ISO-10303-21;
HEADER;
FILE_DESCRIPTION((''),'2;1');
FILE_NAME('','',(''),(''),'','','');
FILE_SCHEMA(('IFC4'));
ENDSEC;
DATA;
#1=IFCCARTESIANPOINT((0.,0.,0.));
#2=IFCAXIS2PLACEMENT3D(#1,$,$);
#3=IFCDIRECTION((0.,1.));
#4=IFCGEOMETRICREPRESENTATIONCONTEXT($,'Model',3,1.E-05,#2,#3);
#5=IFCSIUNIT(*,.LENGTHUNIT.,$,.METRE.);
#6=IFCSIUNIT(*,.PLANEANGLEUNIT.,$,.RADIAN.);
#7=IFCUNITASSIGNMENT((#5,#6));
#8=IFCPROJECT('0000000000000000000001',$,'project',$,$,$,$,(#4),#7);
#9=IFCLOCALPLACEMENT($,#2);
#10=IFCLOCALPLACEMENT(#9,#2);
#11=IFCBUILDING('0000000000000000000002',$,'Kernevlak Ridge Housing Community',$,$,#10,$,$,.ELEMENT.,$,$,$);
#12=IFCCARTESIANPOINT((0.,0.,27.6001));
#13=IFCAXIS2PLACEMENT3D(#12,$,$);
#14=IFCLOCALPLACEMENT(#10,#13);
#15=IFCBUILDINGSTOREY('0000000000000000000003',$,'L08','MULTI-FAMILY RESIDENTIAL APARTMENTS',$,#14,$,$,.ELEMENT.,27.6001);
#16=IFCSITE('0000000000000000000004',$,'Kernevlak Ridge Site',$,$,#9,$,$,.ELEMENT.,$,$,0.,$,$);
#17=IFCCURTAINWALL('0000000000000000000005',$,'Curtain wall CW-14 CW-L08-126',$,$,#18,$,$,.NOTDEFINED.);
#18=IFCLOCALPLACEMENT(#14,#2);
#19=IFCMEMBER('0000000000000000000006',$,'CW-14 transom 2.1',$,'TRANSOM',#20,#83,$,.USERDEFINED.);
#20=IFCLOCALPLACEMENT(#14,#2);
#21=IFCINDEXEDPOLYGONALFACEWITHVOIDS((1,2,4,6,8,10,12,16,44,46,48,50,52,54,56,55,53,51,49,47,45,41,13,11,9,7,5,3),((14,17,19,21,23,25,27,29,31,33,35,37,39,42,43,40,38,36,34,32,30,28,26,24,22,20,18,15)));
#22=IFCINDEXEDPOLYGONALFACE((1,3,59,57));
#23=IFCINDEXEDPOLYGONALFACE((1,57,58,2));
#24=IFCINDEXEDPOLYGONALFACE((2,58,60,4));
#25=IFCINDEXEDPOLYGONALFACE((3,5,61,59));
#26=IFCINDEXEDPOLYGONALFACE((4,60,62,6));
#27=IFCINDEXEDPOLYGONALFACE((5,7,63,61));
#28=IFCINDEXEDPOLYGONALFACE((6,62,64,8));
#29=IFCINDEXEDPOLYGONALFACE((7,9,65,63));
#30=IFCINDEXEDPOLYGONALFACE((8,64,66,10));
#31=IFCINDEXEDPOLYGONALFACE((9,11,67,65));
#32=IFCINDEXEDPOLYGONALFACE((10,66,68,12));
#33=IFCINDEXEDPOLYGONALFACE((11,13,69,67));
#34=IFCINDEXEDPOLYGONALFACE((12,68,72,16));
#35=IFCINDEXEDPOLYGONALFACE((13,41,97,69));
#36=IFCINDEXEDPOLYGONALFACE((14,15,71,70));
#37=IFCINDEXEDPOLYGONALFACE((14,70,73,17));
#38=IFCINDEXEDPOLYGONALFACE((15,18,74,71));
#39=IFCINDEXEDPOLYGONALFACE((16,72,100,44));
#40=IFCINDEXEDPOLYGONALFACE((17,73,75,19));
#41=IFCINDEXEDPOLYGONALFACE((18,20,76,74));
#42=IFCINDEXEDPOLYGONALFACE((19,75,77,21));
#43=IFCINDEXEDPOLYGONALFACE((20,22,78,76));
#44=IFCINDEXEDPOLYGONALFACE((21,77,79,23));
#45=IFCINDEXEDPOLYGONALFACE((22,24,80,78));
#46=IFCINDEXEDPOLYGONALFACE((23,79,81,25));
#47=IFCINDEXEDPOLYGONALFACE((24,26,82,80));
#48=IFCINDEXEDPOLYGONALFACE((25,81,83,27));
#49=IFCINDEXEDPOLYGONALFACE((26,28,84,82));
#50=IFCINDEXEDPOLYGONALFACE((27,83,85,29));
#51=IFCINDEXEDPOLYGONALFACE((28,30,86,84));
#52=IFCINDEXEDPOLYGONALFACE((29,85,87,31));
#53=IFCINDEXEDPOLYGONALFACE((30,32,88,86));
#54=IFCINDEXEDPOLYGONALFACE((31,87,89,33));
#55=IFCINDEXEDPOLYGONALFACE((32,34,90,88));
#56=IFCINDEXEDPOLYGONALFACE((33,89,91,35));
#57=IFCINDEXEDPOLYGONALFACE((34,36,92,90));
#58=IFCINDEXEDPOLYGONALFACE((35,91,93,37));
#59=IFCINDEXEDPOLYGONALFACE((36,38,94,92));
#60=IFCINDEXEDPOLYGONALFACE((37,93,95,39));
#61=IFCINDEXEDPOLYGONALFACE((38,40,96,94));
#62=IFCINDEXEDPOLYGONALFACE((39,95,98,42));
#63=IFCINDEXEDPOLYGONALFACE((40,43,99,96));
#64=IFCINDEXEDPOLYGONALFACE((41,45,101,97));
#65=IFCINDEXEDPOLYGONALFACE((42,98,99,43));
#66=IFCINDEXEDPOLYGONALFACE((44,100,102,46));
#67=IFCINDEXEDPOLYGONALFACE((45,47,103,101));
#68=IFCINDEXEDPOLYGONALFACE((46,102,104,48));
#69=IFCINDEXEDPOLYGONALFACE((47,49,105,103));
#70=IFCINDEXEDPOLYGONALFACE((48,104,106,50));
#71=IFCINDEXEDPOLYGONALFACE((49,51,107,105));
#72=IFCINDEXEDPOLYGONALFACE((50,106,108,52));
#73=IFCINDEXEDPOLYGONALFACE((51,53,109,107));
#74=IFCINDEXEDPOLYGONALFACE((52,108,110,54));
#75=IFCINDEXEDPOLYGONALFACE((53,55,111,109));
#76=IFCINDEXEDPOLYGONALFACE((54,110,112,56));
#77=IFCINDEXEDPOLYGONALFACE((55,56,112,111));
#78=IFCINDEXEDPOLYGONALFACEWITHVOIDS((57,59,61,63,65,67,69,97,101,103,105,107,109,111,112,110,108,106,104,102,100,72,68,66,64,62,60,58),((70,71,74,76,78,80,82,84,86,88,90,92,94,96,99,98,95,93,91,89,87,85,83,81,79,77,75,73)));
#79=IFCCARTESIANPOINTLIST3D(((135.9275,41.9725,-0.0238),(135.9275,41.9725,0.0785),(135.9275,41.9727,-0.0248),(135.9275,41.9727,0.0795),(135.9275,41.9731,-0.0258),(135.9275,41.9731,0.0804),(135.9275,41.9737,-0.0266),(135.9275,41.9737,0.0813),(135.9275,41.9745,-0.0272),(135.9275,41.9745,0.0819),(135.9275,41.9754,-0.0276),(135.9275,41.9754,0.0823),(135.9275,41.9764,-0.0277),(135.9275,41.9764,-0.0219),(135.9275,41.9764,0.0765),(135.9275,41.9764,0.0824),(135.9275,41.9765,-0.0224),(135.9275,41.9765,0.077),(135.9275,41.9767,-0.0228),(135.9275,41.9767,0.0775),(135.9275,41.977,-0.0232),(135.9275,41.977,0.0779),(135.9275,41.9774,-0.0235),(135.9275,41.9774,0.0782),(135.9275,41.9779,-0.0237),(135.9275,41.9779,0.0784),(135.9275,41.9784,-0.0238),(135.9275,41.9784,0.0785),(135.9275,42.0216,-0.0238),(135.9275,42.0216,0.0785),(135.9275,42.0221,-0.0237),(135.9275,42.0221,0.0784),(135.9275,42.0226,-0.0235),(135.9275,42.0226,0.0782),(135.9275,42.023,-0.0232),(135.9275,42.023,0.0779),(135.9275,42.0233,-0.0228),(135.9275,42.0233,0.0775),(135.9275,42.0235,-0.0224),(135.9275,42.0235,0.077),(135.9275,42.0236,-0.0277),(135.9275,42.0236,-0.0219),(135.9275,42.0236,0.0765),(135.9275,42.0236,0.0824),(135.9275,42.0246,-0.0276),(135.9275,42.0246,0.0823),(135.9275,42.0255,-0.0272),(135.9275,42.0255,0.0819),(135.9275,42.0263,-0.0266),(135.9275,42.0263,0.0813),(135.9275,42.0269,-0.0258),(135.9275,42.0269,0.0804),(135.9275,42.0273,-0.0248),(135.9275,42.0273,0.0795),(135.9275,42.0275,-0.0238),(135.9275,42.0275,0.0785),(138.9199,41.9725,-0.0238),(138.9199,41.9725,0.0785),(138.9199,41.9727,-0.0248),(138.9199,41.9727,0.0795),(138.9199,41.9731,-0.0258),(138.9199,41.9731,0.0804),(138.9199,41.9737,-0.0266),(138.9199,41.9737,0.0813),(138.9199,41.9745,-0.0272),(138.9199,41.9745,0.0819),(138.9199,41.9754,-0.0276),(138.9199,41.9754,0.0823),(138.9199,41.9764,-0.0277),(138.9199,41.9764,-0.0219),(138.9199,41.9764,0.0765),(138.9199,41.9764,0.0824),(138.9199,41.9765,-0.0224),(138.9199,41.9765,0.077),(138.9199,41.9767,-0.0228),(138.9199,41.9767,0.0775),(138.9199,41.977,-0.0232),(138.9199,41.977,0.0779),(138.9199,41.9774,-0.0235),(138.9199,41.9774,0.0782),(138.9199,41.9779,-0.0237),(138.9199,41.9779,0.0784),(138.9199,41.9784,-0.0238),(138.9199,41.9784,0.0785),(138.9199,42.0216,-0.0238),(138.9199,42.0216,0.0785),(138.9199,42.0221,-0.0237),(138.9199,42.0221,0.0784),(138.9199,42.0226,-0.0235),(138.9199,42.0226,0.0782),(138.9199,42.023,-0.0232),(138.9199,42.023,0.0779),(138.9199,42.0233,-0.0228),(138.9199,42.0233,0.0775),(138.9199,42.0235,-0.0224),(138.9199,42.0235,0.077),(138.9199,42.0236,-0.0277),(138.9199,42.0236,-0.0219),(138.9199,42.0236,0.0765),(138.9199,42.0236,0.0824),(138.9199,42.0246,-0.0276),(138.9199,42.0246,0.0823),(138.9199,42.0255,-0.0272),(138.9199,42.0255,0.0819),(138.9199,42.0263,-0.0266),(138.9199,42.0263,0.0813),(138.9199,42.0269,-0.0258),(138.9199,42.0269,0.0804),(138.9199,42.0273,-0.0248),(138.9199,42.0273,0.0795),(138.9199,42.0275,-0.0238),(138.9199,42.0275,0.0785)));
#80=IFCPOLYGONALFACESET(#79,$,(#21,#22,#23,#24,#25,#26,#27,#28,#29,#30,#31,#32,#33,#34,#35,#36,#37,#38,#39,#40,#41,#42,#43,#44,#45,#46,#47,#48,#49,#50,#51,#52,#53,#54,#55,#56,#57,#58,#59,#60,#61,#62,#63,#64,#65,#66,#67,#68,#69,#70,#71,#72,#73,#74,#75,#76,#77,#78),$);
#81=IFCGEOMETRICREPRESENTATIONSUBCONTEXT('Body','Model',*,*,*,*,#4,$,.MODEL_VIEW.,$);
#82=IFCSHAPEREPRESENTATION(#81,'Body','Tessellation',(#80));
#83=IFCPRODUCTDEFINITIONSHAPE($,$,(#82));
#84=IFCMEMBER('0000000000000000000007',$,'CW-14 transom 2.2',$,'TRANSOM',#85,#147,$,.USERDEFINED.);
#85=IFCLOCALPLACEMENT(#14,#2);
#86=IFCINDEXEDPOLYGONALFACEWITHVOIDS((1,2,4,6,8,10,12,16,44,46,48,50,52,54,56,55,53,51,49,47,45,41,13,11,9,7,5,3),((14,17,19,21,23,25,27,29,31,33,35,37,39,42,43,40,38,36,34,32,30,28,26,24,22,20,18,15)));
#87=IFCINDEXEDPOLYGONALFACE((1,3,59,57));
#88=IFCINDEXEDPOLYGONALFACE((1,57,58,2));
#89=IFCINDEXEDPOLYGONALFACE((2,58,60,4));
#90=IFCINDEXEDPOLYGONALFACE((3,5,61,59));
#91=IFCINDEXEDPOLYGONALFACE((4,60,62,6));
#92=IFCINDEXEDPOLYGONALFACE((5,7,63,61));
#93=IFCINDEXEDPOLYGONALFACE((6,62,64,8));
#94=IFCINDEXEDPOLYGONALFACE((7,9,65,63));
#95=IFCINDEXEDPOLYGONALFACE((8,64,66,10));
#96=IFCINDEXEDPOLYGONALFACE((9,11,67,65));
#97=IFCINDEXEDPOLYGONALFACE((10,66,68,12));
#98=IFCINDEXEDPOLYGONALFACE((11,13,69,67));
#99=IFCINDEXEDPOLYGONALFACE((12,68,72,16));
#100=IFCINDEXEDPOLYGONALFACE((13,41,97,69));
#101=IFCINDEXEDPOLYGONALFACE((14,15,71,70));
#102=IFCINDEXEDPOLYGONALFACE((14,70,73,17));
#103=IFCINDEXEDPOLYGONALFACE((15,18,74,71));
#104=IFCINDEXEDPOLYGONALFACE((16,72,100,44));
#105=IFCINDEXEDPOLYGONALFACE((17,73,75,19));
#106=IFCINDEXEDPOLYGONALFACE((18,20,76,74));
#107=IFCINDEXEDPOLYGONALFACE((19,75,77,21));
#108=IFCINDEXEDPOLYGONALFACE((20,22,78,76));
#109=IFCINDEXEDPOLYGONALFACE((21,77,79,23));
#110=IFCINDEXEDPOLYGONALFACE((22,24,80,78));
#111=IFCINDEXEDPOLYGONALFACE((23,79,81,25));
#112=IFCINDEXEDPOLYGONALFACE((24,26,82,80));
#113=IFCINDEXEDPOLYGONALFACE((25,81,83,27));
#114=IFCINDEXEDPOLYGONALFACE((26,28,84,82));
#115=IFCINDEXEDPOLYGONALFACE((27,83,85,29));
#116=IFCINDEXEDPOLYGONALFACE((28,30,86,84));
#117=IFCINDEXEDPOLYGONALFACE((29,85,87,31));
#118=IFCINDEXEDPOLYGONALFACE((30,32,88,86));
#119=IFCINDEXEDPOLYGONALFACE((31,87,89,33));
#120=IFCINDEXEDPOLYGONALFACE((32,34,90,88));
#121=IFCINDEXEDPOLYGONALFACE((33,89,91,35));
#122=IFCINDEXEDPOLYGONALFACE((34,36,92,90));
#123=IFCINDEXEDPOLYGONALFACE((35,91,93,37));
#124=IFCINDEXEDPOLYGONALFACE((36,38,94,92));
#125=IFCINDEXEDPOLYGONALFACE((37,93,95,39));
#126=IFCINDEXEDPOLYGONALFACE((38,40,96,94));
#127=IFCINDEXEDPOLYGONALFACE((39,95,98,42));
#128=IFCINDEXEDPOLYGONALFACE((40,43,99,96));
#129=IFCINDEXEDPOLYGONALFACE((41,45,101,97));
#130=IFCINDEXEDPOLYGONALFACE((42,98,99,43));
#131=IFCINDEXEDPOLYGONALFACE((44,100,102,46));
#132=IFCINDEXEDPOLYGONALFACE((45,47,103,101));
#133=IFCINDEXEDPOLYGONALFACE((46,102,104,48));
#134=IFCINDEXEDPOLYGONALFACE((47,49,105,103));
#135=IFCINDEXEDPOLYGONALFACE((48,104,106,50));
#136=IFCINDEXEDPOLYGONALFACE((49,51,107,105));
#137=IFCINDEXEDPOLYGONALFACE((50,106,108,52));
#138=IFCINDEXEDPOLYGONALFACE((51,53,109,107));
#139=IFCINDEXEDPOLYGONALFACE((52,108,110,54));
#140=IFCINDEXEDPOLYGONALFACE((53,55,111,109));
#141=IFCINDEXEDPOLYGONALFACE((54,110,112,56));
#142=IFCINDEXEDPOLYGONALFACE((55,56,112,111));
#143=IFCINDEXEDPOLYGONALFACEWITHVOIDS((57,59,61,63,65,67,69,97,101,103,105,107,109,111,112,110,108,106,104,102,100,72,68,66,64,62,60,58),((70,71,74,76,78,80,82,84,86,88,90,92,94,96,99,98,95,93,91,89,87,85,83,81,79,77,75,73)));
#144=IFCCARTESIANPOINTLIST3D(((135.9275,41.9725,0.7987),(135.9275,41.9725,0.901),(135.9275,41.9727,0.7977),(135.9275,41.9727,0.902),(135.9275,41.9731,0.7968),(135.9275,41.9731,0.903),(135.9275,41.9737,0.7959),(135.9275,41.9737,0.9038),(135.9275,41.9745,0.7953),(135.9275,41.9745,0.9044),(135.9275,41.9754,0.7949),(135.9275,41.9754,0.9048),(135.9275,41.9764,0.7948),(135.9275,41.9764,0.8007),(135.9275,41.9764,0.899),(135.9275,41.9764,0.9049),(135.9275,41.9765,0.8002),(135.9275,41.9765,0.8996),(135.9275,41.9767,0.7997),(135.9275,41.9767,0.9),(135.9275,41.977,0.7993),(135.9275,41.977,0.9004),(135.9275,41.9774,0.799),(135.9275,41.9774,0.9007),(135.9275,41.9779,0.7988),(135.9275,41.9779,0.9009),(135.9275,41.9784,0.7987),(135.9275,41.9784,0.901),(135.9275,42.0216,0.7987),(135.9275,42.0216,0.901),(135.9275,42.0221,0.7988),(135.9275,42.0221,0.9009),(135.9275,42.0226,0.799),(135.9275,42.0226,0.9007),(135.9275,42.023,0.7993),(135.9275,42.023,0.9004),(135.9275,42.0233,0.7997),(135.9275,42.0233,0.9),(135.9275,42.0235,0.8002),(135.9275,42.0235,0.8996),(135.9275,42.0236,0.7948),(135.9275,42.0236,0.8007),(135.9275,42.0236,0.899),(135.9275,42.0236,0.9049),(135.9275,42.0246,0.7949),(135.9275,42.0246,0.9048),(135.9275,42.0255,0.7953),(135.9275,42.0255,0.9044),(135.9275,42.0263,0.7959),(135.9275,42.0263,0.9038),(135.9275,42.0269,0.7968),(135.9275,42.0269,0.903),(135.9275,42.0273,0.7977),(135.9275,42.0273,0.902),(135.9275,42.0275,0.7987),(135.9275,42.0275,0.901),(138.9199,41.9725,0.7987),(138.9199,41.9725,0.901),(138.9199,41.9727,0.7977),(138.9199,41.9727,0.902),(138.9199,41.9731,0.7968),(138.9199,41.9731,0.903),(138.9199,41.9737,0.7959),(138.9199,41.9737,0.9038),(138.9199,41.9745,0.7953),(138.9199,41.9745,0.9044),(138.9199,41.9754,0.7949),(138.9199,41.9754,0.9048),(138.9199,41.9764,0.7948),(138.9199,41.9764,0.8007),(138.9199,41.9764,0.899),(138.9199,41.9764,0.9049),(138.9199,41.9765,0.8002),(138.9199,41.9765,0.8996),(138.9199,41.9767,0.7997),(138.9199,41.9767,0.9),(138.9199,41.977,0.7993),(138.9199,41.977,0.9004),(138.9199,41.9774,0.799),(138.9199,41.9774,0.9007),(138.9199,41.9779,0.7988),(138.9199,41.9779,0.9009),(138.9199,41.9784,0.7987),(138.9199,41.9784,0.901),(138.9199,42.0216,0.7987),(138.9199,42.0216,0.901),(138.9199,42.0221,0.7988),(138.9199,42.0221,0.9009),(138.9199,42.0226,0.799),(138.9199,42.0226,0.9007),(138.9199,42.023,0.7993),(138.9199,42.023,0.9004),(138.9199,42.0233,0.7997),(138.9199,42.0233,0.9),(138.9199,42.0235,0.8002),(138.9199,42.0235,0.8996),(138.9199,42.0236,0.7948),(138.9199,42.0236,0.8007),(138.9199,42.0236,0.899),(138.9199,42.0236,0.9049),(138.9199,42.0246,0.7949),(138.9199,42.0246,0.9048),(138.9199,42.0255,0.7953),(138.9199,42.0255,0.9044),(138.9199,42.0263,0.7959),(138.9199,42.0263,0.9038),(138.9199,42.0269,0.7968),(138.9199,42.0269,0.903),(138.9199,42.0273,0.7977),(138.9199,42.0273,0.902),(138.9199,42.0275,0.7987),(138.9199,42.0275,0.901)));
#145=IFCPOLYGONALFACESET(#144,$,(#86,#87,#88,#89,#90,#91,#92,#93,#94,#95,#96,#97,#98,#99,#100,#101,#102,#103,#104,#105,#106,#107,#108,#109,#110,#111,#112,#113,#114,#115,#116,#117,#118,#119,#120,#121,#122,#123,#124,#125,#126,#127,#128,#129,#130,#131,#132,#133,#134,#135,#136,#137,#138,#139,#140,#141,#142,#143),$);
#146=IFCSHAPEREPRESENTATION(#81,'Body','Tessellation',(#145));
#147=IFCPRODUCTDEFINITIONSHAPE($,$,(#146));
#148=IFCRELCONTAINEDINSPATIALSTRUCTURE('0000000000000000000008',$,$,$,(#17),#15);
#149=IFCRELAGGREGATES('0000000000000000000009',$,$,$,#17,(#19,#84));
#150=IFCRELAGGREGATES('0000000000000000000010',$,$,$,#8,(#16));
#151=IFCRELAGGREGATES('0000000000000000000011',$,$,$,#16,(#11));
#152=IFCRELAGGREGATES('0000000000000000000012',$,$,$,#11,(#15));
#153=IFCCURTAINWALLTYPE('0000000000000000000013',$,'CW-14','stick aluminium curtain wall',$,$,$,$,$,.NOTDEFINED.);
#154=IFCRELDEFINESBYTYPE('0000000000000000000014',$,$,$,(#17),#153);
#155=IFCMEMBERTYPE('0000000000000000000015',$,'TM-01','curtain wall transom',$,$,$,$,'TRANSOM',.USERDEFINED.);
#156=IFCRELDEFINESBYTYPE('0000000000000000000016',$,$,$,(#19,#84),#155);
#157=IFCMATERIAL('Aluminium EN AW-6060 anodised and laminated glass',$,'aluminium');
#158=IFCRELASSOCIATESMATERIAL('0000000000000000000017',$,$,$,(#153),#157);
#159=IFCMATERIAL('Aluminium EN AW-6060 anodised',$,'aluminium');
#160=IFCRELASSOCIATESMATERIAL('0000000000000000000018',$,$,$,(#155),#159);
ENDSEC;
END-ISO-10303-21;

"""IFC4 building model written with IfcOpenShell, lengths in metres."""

from ifc_helpers import new_model, si_unit, direction, frame, origin, origin_2d, place, context, subcontext, project, spatial, hollow_rectangle, extrude, material, material_profile, profile_set, type_object, element, aggregate, save


model = new_model("IFC4")

# Units and contexts
model_context = context("Model", 3, precision=1e-05, world=origin(), true_north=direction((0.0, 1.0)))
body_context = subcontext(model_context, "Body", "Model", "MODEL_VIEW")
ifc_project = project(units=[si_unit("LENGTHUNIT", "METRE"), si_unit("PLANEANGLEUNIT", "RADIAN")], contexts=[model_context])

# Site, building, storey
site_placement = place(None, origin())
site = spatial("IfcSite", under=ifc_project, at=site_placement, Name="Kernevlak Ridge Site", CompositionType="ELEMENT", RefElevation=0.0)
building_placement = place(site_placement, origin())
building = spatial("IfcBuilding", under=site, at=building_placement, Name="Kernevlak Ridge Housing Community", CompositionType="ELEMENT")
storey_placement = place(building_placement, frame((0.0, 0.0, 27.6001)))
storey = spatial("IfcBuildingStorey", under=building, at=storey_placement, Name="L08", Description="MULTI-FAMILY RESIDENTIAL APARTMENTS", CompositionType="ELEMENT", Elevation=27.6001)

# Curtain wall
ifc_material_1 = material(Name="Aluminium EN AW-6060 anodised and laminated glass", Category="aluminium")
curtain_wall_type = type_object("IfcCurtainWallType", Name="CW-14", Description="stick aluminium curtain wall", PredefinedType="NOTDEFINED", material=ifc_material_1)
curtain_wall_placement = place(storey_placement, origin())
curtain_wall = element("IfcCurtainWall", 1, at=curtain_wall_placement, inside=storey, type_object=curtain_wall_type, Name="Curtain wall CW-14 CW-L08-126", PredefinedType="NOTDEFINED")
ifc_material_2 = material(Name="Aluminium EN AW-6060 anodised", Category="aluminium")

# Members
ifc_material_profile_1 = material_profile(ifc_material_2, hollow_rectangle(XDim=0.0549, YDim=0.1101, WallThickness=0.0039, InnerFilletRadius=0.002, OuterFilletRadius=0.0039, at=origin_2d()), Name="ALU 55x110x4")
ifc_profile_set_1 = profile_set([ifc_material_profile_1], Name="Aluminium EN AW-6060 anodised")
member_type_1 = type_object("IfcMemberType", Name="TM-01", Description="curtain wall transom", ElementType="TRANSOM", PredefinedType="USERDEFINED", material=ifc_profile_set_1)
member_1_placement = place(storey_placement, frame((135.9275, 42.0, 0.0273), z_axis=(1.0, 0.0, 0.0), x_axis=(0.0, 1.0, 0.0)))
member_1 = element("IfcMember", 2, at=member_1_placement, type_object=member_type_1, Name="CW-14 transom 2.1", ObjectType="TRANSOM", PredefinedType="USERDEFINED", context=body_context, shape_type="SweptSolid", body=[
    extrude(hollow_rectangle(XDim=0.0549, YDim=0.1101, WallThickness=0.0039, InnerFilletRadius=0.002, OuterFilletRadius=0.0039, at=origin_2d()), origin(), (0.0, 0.0, 1.0), 2.9924),
])
member_2_placement = place(storey_placement, frame((135.9275, 42.0, 0.8499), z_axis=(1.0, 0.0, 0.0), x_axis=(0.0, 1.0, 0.0)))
member_2 = element("IfcMember", 3, at=member_2_placement, type_object=member_type_1, Name="CW-14 transom 2.2", ObjectType="TRANSOM", PredefinedType="USERDEFINED", context=body_context, shape_type="SweptSolid", body=[
    extrude(hollow_rectangle(XDim=0.0549, YDim=0.1101, WallThickness=0.0039, InnerFilletRadius=0.002, OuterFilletRadius=0.0039, at=origin_2d()), origin(), (0.0, 0.0, 1.0), 2.9924),
])

aggregate(curtain_wall, [member_1, member_2])

save(model, "model.ifc")
